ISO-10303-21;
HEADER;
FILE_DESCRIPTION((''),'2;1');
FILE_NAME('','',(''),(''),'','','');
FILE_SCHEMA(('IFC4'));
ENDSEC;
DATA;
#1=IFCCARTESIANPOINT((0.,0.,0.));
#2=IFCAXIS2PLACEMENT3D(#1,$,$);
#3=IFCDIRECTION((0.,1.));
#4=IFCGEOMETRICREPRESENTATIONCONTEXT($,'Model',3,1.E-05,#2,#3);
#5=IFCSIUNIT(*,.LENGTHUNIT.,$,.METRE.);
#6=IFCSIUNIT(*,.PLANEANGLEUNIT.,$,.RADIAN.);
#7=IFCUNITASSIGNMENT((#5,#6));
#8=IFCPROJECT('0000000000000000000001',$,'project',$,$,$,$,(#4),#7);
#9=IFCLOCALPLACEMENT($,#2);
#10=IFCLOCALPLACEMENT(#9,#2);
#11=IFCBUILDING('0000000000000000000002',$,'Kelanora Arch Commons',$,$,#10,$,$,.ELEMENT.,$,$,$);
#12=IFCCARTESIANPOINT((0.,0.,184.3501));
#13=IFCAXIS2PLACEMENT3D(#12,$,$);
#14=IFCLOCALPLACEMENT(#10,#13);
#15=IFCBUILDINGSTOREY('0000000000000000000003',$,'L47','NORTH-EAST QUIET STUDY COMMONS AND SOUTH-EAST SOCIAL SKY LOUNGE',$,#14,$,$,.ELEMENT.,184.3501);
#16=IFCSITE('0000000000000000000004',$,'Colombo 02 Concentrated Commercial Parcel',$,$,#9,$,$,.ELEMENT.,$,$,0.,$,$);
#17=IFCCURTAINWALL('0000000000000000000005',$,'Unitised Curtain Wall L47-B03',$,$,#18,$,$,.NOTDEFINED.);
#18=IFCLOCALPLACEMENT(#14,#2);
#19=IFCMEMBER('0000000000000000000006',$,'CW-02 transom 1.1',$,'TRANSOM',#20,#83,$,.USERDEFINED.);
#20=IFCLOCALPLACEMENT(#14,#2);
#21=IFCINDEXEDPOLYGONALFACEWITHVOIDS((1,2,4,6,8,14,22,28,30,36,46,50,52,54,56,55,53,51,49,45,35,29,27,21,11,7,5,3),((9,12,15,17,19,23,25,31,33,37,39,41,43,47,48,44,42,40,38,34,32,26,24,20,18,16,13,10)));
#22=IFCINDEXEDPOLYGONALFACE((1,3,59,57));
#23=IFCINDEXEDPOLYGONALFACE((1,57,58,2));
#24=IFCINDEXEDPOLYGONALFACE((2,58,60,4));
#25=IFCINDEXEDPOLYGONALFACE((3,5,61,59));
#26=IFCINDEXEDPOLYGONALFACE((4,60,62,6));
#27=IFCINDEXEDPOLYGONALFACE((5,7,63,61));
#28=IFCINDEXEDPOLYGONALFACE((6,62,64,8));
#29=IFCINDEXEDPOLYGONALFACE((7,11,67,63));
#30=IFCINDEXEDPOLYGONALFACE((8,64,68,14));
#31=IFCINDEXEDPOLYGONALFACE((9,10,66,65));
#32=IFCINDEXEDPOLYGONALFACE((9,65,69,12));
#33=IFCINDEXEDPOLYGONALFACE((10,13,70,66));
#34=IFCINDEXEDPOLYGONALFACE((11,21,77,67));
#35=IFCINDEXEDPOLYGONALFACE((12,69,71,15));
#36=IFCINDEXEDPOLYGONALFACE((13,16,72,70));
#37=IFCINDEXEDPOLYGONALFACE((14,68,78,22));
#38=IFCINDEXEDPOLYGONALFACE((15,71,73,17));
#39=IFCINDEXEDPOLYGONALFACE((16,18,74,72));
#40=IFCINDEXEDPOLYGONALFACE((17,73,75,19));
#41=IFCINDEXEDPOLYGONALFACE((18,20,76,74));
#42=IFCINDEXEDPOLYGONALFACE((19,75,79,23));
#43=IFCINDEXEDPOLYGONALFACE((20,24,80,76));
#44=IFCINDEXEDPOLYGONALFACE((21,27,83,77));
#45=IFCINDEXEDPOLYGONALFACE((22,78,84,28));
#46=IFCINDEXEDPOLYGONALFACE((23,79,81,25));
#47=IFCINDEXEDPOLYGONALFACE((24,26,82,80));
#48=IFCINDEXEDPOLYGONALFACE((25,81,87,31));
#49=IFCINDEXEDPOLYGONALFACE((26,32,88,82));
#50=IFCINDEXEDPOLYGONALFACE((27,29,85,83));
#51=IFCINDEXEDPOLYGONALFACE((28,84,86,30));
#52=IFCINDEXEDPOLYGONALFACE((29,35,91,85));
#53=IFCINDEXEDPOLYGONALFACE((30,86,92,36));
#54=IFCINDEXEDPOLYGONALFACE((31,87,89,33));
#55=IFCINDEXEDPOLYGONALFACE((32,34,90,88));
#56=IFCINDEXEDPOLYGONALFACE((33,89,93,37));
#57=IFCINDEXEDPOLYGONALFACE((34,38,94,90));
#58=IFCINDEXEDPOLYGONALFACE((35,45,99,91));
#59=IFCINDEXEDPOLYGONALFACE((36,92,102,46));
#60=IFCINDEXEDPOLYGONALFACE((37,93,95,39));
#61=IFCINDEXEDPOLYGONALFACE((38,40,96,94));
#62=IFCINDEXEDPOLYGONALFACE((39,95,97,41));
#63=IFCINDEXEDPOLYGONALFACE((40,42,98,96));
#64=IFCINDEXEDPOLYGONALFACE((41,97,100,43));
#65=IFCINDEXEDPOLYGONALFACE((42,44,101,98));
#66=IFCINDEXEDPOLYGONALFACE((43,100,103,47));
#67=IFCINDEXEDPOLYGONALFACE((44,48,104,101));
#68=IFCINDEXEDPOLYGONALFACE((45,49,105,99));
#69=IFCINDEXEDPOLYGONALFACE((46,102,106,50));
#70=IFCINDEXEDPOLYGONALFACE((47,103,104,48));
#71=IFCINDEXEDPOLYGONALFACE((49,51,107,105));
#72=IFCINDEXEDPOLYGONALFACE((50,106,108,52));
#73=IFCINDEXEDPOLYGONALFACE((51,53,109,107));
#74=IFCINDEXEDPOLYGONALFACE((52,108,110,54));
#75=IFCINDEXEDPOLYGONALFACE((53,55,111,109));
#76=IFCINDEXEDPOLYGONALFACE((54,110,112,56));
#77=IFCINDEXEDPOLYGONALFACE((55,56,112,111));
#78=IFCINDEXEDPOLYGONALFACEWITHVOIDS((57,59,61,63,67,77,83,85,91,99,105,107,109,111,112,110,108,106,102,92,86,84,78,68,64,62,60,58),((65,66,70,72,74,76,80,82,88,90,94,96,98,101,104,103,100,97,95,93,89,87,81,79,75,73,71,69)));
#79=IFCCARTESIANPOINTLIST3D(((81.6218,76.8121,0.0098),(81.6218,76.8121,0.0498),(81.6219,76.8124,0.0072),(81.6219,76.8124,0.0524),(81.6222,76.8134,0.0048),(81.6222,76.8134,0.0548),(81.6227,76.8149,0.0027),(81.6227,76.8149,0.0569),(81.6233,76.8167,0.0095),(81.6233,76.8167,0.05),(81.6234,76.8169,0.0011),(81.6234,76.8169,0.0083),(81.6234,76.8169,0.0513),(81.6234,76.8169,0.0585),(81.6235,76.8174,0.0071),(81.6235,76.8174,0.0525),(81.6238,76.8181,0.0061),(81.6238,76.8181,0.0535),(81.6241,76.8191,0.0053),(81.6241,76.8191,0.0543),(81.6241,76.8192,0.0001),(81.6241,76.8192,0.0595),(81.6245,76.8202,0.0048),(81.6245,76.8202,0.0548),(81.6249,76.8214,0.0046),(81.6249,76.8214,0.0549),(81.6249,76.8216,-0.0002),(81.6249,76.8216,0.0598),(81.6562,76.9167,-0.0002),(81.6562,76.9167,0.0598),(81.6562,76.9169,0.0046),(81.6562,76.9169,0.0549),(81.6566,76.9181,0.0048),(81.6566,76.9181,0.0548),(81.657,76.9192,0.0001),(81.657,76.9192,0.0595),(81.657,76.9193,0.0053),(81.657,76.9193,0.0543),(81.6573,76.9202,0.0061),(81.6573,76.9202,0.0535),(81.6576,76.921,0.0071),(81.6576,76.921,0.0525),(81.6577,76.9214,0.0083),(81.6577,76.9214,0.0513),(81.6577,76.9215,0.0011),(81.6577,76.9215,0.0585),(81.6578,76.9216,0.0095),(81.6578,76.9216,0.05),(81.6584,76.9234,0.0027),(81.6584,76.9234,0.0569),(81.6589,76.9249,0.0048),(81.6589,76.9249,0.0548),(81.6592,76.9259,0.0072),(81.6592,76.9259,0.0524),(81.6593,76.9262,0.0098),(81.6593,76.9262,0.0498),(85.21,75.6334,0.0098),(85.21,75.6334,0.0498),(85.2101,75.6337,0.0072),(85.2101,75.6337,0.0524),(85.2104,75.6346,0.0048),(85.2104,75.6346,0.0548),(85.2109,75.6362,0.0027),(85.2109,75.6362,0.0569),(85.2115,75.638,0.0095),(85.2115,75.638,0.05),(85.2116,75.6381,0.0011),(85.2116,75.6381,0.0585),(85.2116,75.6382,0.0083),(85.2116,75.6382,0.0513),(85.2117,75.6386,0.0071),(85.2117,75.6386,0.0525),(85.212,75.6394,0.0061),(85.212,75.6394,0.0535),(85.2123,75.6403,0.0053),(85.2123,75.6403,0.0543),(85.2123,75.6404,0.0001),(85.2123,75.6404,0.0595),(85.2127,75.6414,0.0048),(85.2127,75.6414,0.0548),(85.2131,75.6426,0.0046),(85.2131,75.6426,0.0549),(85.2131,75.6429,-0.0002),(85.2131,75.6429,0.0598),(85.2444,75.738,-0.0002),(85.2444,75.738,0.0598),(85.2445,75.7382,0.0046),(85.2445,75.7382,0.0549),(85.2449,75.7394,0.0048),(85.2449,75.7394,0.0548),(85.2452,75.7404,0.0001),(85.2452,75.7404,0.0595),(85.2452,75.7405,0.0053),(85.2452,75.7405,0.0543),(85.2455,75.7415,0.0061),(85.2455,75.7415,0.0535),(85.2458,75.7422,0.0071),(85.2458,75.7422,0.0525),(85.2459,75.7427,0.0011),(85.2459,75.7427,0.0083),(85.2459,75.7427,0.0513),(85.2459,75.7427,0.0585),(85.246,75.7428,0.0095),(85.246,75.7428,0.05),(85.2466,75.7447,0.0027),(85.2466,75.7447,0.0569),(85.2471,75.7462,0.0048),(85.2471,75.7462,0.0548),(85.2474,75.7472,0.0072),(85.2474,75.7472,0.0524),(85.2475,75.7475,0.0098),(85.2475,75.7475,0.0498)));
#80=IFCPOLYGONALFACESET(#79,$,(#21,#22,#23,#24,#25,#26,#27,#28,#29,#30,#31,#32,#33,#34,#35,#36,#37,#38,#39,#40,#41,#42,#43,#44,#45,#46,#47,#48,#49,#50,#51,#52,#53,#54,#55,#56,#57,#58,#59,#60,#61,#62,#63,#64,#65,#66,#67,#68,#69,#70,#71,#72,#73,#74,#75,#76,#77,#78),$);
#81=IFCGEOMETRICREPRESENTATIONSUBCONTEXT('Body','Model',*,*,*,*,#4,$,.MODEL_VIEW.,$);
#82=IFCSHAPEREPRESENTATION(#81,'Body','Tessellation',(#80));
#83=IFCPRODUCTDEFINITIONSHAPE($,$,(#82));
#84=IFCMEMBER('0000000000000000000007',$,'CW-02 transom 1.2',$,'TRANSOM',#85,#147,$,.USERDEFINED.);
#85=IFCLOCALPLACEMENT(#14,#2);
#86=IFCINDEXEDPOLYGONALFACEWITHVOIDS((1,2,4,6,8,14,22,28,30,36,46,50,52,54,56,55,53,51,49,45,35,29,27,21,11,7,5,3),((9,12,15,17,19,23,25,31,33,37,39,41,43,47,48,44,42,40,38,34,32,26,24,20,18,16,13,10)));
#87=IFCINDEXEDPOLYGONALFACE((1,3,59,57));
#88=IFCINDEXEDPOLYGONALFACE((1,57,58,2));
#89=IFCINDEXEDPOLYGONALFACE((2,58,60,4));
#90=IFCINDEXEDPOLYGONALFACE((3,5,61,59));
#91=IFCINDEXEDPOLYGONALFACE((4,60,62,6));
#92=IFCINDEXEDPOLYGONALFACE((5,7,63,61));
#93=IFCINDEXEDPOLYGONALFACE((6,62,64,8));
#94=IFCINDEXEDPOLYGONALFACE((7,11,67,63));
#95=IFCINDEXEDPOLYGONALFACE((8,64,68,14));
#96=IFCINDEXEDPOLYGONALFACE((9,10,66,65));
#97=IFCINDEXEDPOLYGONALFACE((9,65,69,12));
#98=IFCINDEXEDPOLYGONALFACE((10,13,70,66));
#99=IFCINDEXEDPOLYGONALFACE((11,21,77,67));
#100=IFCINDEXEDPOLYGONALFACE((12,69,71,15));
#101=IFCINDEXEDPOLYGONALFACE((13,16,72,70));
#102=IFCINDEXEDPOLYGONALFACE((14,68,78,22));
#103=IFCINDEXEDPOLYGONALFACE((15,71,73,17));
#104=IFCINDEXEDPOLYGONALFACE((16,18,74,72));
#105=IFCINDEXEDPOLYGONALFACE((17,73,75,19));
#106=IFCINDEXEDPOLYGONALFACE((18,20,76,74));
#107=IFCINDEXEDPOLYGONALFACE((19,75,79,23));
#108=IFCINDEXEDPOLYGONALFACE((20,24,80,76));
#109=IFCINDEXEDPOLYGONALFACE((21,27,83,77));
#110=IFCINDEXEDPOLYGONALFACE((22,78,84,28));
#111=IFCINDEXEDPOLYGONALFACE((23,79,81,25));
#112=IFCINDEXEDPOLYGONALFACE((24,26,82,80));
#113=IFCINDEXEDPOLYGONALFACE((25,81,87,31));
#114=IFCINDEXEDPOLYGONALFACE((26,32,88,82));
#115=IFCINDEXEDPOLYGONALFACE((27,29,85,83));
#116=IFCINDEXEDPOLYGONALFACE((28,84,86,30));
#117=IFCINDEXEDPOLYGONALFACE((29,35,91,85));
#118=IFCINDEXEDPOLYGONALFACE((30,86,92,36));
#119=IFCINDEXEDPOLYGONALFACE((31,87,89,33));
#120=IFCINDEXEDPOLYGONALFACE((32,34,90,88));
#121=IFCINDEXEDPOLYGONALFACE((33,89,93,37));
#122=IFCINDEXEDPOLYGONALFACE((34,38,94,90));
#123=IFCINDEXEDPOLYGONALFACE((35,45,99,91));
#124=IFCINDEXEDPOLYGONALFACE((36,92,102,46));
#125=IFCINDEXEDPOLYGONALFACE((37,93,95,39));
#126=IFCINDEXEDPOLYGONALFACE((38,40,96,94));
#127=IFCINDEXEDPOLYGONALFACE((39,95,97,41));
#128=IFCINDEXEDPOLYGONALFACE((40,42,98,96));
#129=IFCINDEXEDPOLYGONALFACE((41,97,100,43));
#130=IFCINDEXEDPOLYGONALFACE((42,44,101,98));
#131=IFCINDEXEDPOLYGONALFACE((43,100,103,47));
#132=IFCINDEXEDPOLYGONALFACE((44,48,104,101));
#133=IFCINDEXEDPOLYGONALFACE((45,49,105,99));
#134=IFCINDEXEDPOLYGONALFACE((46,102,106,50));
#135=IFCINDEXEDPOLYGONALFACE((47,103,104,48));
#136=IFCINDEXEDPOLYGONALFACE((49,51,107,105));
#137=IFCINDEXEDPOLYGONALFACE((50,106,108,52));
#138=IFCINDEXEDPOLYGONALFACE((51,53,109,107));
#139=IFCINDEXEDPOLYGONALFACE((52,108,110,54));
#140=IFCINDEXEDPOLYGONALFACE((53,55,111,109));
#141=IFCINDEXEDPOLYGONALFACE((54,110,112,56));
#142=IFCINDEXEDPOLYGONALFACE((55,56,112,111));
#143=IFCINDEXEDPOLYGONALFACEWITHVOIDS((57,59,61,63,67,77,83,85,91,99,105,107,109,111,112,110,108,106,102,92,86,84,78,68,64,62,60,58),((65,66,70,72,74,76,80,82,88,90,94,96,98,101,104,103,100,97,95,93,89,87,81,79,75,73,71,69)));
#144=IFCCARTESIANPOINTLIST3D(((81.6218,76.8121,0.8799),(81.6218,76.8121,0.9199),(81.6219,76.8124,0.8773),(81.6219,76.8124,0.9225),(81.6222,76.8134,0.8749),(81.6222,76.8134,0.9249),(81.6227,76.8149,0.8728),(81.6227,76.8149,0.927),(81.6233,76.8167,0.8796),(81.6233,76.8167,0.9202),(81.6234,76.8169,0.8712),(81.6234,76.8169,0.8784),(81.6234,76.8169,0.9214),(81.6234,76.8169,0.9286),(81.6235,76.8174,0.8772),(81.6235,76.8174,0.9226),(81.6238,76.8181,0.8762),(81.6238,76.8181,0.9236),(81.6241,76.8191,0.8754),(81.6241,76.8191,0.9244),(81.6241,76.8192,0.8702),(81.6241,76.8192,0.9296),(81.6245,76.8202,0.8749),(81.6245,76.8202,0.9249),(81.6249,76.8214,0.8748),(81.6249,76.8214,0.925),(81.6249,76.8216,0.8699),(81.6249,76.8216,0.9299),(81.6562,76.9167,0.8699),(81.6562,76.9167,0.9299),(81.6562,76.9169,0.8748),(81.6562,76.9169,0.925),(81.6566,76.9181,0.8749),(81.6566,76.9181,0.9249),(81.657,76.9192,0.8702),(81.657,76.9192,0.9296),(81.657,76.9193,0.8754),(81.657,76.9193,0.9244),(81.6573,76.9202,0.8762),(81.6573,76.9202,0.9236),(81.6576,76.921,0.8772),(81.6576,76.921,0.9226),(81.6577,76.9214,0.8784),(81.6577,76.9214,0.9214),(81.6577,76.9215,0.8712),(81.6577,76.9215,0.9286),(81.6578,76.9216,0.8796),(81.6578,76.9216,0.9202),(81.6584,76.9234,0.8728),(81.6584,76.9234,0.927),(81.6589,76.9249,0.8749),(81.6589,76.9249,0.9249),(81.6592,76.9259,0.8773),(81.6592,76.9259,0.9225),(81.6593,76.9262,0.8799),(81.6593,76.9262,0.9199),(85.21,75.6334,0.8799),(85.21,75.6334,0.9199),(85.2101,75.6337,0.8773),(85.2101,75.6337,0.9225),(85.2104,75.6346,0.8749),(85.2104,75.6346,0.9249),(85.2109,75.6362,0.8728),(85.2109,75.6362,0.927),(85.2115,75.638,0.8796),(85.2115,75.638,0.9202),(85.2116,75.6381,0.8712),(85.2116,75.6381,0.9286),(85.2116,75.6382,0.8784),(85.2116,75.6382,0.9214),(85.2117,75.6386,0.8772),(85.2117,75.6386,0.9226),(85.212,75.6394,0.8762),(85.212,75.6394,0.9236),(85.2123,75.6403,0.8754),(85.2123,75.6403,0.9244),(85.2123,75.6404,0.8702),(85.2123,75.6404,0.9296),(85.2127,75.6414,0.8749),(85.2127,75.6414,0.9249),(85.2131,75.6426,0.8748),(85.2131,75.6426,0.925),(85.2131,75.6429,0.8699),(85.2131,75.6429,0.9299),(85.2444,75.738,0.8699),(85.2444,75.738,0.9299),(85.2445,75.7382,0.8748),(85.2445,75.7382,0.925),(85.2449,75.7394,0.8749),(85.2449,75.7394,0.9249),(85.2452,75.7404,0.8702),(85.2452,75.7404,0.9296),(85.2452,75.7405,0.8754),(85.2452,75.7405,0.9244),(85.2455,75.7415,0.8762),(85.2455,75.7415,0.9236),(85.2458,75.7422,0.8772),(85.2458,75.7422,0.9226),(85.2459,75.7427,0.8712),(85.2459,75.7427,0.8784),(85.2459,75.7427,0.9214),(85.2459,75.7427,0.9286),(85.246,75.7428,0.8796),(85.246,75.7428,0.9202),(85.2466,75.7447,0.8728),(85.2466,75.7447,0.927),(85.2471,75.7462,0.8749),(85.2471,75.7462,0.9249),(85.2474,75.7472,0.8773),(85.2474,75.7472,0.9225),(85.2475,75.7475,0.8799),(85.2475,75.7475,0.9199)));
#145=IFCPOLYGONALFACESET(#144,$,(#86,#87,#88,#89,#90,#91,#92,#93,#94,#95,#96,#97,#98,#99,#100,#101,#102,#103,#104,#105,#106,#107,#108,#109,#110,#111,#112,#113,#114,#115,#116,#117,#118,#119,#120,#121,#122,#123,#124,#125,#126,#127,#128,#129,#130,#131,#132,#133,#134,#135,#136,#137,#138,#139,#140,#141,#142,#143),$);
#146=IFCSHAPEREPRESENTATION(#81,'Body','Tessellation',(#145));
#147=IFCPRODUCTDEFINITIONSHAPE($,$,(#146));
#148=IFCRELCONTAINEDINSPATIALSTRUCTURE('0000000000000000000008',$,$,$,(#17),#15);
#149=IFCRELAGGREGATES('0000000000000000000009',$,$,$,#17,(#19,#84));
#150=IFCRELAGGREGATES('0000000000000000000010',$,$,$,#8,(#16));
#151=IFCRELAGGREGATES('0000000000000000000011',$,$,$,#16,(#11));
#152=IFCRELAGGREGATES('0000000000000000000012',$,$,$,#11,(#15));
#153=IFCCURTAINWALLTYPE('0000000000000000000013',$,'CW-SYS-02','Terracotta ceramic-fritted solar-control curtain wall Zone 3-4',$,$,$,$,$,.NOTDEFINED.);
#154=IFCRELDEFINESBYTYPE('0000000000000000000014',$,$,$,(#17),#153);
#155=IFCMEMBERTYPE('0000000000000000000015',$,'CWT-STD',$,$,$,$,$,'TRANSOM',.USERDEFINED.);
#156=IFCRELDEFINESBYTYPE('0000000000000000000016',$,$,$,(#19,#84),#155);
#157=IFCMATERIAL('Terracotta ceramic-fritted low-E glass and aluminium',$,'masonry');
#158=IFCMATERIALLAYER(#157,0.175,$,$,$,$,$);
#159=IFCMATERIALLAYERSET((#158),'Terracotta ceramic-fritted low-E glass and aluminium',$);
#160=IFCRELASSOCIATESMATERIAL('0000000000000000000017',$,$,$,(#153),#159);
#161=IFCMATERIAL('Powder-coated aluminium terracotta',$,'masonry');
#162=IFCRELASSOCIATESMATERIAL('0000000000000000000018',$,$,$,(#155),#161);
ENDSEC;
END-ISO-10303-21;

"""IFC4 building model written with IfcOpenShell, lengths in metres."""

from ifc_helpers import new_model, si_unit, direction, frame, origin, origin_2d, place, context, subcontext, project, spatial, hollow_rectangle, extrude, material, layer, layer_set, material_profile, profile_set, type_object, element, aggregate, save


model = new_model("IFC4")

# Units and contexts
model_context = context("Model", 3, precision=1e-05, world=origin(), true_north=direction((0.0, 1.0)))
body_context = subcontext(model_context, "Body", "Model", "MODEL_VIEW")
ifc_project = project(units=[si_unit("LENGTHUNIT", "METRE"), si_unit("PLANEANGLEUNIT", "RADIAN")], contexts=[model_context])

# Site, building, storey
site_placement = place(None, origin())
site = spatial("IfcSite", under=ifc_project, at=site_placement, Name="Colombo 02 Concentrated Commercial Parcel", CompositionType="ELEMENT", RefElevation=0.0)
building_placement = place(site_placement, origin())
building = spatial("IfcBuilding", under=site, at=building_placement, Name="Kelanora Arch Commons", CompositionType="ELEMENT")
storey_placement = place(building_placement, frame((0.0, 0.0, 184.3501)))
storey = spatial("IfcBuildingStorey", under=building, at=storey_placement, Name="L47", Description="NORTH-EAST QUIET STUDY COMMONS AND SOUTH-EAST SOCIAL SKY LOUNGE", CompositionType="ELEMENT", Elevation=184.3501)

# Shared definitions
ifc_material_1 = material(Name="Terracotta ceramic-fritted low-E glass and aluminium", Category="masonry")
ifc_layer_1 = layer(ifc_material_1, 0.175)
ifc_layer_set_1 = layer_set([ifc_layer_1], Name="Terracotta ceramic-fritted low-E glass and aluminium")
curtain_wall_type = type_object("IfcCurtainWallType", Name="CW-SYS-02", Description="Terracotta ceramic-fritted solar-control curtain wall Zone 3-4", PredefinedType="NOTDEFINED", material=ifc_layer_set_1)
ifc_material_2 = material(Name="Powder-coated aluminium terracotta", Category="masonry")

# Curtain wall, members
curtain_wall_1_placement = place(storey_placement, origin())
curtain_wall_1 = element("IfcCurtainWall", 1, at=curtain_wall_1_placement, inside=storey, type_object=curtain_wall_type, Name="Unitised Curtain Wall L47-B03", PredefinedType="NOTDEFINED")
ifc_material_profile_1 = material_profile(ifc_material_2, hollow_rectangle(XDim=0.1201, YDim=0.0601, WallThickness=0.0049, InnerFilletRadius=0.0049, OuterFilletRadius=0.01, at=origin_2d()), Name="CWT120x60")
ifc_profile_set_1 = profile_set([ifc_material_profile_1], Name="Powder-coated aluminium terracotta")
member_type_1 = type_object("IfcMemberType", Name="CWT-STD", ElementType="TRANSOM", PredefinedType="USERDEFINED", material=ifc_profile_set_1)
member_1_placement = place(storey_placement, frame((85.2288, 75.6904, 0.0298), z_axis=(-0.950051, 0.312094, 0.0), x_axis=(-0.312094, -0.950051, 0.0)))
member_1 = element("IfcMember", 2, at=member_1_placement, type_object=member_type_1, Name="CW-02 transom 1.1", ObjectType="TRANSOM", PredefinedType="USERDEFINED", context=body_context, shape_type="SweptSolid", body=[
    extrude(hollow_rectangle(XDim=0.1201, YDim=0.0601, WallThickness=0.0049, InnerFilletRadius=0.0049, OuterFilletRadius=0.01, at=origin_2d()), origin(), (0.0, 0.0, 1.0), 3.7769),
])
member_2_placement = place(storey_placement, frame((85.2288, 75.6904, 0.8999), z_axis=(-0.950051, 0.312094, 0.0), x_axis=(-0.312094, -0.950051, 0.0)))
member_2 = element("IfcMember", 3, at=member_2_placement, type_object=member_type_1, Name="CW-02 transom 1.2", ObjectType="TRANSOM", PredefinedType="USERDEFINED", context=body_context, shape_type="SweptSolid", body=[
    extrude(hollow_rectangle(XDim=0.1201, YDim=0.0601, WallThickness=0.0049, InnerFilletRadius=0.0049, OuterFilletRadius=0.01, at=origin_2d()), origin(), (0.0, 0.0, 1.0), 3.7769),
])
aggregate(curtain_wall_1, [member_1, member_2])

save(model, "model.ifc")
